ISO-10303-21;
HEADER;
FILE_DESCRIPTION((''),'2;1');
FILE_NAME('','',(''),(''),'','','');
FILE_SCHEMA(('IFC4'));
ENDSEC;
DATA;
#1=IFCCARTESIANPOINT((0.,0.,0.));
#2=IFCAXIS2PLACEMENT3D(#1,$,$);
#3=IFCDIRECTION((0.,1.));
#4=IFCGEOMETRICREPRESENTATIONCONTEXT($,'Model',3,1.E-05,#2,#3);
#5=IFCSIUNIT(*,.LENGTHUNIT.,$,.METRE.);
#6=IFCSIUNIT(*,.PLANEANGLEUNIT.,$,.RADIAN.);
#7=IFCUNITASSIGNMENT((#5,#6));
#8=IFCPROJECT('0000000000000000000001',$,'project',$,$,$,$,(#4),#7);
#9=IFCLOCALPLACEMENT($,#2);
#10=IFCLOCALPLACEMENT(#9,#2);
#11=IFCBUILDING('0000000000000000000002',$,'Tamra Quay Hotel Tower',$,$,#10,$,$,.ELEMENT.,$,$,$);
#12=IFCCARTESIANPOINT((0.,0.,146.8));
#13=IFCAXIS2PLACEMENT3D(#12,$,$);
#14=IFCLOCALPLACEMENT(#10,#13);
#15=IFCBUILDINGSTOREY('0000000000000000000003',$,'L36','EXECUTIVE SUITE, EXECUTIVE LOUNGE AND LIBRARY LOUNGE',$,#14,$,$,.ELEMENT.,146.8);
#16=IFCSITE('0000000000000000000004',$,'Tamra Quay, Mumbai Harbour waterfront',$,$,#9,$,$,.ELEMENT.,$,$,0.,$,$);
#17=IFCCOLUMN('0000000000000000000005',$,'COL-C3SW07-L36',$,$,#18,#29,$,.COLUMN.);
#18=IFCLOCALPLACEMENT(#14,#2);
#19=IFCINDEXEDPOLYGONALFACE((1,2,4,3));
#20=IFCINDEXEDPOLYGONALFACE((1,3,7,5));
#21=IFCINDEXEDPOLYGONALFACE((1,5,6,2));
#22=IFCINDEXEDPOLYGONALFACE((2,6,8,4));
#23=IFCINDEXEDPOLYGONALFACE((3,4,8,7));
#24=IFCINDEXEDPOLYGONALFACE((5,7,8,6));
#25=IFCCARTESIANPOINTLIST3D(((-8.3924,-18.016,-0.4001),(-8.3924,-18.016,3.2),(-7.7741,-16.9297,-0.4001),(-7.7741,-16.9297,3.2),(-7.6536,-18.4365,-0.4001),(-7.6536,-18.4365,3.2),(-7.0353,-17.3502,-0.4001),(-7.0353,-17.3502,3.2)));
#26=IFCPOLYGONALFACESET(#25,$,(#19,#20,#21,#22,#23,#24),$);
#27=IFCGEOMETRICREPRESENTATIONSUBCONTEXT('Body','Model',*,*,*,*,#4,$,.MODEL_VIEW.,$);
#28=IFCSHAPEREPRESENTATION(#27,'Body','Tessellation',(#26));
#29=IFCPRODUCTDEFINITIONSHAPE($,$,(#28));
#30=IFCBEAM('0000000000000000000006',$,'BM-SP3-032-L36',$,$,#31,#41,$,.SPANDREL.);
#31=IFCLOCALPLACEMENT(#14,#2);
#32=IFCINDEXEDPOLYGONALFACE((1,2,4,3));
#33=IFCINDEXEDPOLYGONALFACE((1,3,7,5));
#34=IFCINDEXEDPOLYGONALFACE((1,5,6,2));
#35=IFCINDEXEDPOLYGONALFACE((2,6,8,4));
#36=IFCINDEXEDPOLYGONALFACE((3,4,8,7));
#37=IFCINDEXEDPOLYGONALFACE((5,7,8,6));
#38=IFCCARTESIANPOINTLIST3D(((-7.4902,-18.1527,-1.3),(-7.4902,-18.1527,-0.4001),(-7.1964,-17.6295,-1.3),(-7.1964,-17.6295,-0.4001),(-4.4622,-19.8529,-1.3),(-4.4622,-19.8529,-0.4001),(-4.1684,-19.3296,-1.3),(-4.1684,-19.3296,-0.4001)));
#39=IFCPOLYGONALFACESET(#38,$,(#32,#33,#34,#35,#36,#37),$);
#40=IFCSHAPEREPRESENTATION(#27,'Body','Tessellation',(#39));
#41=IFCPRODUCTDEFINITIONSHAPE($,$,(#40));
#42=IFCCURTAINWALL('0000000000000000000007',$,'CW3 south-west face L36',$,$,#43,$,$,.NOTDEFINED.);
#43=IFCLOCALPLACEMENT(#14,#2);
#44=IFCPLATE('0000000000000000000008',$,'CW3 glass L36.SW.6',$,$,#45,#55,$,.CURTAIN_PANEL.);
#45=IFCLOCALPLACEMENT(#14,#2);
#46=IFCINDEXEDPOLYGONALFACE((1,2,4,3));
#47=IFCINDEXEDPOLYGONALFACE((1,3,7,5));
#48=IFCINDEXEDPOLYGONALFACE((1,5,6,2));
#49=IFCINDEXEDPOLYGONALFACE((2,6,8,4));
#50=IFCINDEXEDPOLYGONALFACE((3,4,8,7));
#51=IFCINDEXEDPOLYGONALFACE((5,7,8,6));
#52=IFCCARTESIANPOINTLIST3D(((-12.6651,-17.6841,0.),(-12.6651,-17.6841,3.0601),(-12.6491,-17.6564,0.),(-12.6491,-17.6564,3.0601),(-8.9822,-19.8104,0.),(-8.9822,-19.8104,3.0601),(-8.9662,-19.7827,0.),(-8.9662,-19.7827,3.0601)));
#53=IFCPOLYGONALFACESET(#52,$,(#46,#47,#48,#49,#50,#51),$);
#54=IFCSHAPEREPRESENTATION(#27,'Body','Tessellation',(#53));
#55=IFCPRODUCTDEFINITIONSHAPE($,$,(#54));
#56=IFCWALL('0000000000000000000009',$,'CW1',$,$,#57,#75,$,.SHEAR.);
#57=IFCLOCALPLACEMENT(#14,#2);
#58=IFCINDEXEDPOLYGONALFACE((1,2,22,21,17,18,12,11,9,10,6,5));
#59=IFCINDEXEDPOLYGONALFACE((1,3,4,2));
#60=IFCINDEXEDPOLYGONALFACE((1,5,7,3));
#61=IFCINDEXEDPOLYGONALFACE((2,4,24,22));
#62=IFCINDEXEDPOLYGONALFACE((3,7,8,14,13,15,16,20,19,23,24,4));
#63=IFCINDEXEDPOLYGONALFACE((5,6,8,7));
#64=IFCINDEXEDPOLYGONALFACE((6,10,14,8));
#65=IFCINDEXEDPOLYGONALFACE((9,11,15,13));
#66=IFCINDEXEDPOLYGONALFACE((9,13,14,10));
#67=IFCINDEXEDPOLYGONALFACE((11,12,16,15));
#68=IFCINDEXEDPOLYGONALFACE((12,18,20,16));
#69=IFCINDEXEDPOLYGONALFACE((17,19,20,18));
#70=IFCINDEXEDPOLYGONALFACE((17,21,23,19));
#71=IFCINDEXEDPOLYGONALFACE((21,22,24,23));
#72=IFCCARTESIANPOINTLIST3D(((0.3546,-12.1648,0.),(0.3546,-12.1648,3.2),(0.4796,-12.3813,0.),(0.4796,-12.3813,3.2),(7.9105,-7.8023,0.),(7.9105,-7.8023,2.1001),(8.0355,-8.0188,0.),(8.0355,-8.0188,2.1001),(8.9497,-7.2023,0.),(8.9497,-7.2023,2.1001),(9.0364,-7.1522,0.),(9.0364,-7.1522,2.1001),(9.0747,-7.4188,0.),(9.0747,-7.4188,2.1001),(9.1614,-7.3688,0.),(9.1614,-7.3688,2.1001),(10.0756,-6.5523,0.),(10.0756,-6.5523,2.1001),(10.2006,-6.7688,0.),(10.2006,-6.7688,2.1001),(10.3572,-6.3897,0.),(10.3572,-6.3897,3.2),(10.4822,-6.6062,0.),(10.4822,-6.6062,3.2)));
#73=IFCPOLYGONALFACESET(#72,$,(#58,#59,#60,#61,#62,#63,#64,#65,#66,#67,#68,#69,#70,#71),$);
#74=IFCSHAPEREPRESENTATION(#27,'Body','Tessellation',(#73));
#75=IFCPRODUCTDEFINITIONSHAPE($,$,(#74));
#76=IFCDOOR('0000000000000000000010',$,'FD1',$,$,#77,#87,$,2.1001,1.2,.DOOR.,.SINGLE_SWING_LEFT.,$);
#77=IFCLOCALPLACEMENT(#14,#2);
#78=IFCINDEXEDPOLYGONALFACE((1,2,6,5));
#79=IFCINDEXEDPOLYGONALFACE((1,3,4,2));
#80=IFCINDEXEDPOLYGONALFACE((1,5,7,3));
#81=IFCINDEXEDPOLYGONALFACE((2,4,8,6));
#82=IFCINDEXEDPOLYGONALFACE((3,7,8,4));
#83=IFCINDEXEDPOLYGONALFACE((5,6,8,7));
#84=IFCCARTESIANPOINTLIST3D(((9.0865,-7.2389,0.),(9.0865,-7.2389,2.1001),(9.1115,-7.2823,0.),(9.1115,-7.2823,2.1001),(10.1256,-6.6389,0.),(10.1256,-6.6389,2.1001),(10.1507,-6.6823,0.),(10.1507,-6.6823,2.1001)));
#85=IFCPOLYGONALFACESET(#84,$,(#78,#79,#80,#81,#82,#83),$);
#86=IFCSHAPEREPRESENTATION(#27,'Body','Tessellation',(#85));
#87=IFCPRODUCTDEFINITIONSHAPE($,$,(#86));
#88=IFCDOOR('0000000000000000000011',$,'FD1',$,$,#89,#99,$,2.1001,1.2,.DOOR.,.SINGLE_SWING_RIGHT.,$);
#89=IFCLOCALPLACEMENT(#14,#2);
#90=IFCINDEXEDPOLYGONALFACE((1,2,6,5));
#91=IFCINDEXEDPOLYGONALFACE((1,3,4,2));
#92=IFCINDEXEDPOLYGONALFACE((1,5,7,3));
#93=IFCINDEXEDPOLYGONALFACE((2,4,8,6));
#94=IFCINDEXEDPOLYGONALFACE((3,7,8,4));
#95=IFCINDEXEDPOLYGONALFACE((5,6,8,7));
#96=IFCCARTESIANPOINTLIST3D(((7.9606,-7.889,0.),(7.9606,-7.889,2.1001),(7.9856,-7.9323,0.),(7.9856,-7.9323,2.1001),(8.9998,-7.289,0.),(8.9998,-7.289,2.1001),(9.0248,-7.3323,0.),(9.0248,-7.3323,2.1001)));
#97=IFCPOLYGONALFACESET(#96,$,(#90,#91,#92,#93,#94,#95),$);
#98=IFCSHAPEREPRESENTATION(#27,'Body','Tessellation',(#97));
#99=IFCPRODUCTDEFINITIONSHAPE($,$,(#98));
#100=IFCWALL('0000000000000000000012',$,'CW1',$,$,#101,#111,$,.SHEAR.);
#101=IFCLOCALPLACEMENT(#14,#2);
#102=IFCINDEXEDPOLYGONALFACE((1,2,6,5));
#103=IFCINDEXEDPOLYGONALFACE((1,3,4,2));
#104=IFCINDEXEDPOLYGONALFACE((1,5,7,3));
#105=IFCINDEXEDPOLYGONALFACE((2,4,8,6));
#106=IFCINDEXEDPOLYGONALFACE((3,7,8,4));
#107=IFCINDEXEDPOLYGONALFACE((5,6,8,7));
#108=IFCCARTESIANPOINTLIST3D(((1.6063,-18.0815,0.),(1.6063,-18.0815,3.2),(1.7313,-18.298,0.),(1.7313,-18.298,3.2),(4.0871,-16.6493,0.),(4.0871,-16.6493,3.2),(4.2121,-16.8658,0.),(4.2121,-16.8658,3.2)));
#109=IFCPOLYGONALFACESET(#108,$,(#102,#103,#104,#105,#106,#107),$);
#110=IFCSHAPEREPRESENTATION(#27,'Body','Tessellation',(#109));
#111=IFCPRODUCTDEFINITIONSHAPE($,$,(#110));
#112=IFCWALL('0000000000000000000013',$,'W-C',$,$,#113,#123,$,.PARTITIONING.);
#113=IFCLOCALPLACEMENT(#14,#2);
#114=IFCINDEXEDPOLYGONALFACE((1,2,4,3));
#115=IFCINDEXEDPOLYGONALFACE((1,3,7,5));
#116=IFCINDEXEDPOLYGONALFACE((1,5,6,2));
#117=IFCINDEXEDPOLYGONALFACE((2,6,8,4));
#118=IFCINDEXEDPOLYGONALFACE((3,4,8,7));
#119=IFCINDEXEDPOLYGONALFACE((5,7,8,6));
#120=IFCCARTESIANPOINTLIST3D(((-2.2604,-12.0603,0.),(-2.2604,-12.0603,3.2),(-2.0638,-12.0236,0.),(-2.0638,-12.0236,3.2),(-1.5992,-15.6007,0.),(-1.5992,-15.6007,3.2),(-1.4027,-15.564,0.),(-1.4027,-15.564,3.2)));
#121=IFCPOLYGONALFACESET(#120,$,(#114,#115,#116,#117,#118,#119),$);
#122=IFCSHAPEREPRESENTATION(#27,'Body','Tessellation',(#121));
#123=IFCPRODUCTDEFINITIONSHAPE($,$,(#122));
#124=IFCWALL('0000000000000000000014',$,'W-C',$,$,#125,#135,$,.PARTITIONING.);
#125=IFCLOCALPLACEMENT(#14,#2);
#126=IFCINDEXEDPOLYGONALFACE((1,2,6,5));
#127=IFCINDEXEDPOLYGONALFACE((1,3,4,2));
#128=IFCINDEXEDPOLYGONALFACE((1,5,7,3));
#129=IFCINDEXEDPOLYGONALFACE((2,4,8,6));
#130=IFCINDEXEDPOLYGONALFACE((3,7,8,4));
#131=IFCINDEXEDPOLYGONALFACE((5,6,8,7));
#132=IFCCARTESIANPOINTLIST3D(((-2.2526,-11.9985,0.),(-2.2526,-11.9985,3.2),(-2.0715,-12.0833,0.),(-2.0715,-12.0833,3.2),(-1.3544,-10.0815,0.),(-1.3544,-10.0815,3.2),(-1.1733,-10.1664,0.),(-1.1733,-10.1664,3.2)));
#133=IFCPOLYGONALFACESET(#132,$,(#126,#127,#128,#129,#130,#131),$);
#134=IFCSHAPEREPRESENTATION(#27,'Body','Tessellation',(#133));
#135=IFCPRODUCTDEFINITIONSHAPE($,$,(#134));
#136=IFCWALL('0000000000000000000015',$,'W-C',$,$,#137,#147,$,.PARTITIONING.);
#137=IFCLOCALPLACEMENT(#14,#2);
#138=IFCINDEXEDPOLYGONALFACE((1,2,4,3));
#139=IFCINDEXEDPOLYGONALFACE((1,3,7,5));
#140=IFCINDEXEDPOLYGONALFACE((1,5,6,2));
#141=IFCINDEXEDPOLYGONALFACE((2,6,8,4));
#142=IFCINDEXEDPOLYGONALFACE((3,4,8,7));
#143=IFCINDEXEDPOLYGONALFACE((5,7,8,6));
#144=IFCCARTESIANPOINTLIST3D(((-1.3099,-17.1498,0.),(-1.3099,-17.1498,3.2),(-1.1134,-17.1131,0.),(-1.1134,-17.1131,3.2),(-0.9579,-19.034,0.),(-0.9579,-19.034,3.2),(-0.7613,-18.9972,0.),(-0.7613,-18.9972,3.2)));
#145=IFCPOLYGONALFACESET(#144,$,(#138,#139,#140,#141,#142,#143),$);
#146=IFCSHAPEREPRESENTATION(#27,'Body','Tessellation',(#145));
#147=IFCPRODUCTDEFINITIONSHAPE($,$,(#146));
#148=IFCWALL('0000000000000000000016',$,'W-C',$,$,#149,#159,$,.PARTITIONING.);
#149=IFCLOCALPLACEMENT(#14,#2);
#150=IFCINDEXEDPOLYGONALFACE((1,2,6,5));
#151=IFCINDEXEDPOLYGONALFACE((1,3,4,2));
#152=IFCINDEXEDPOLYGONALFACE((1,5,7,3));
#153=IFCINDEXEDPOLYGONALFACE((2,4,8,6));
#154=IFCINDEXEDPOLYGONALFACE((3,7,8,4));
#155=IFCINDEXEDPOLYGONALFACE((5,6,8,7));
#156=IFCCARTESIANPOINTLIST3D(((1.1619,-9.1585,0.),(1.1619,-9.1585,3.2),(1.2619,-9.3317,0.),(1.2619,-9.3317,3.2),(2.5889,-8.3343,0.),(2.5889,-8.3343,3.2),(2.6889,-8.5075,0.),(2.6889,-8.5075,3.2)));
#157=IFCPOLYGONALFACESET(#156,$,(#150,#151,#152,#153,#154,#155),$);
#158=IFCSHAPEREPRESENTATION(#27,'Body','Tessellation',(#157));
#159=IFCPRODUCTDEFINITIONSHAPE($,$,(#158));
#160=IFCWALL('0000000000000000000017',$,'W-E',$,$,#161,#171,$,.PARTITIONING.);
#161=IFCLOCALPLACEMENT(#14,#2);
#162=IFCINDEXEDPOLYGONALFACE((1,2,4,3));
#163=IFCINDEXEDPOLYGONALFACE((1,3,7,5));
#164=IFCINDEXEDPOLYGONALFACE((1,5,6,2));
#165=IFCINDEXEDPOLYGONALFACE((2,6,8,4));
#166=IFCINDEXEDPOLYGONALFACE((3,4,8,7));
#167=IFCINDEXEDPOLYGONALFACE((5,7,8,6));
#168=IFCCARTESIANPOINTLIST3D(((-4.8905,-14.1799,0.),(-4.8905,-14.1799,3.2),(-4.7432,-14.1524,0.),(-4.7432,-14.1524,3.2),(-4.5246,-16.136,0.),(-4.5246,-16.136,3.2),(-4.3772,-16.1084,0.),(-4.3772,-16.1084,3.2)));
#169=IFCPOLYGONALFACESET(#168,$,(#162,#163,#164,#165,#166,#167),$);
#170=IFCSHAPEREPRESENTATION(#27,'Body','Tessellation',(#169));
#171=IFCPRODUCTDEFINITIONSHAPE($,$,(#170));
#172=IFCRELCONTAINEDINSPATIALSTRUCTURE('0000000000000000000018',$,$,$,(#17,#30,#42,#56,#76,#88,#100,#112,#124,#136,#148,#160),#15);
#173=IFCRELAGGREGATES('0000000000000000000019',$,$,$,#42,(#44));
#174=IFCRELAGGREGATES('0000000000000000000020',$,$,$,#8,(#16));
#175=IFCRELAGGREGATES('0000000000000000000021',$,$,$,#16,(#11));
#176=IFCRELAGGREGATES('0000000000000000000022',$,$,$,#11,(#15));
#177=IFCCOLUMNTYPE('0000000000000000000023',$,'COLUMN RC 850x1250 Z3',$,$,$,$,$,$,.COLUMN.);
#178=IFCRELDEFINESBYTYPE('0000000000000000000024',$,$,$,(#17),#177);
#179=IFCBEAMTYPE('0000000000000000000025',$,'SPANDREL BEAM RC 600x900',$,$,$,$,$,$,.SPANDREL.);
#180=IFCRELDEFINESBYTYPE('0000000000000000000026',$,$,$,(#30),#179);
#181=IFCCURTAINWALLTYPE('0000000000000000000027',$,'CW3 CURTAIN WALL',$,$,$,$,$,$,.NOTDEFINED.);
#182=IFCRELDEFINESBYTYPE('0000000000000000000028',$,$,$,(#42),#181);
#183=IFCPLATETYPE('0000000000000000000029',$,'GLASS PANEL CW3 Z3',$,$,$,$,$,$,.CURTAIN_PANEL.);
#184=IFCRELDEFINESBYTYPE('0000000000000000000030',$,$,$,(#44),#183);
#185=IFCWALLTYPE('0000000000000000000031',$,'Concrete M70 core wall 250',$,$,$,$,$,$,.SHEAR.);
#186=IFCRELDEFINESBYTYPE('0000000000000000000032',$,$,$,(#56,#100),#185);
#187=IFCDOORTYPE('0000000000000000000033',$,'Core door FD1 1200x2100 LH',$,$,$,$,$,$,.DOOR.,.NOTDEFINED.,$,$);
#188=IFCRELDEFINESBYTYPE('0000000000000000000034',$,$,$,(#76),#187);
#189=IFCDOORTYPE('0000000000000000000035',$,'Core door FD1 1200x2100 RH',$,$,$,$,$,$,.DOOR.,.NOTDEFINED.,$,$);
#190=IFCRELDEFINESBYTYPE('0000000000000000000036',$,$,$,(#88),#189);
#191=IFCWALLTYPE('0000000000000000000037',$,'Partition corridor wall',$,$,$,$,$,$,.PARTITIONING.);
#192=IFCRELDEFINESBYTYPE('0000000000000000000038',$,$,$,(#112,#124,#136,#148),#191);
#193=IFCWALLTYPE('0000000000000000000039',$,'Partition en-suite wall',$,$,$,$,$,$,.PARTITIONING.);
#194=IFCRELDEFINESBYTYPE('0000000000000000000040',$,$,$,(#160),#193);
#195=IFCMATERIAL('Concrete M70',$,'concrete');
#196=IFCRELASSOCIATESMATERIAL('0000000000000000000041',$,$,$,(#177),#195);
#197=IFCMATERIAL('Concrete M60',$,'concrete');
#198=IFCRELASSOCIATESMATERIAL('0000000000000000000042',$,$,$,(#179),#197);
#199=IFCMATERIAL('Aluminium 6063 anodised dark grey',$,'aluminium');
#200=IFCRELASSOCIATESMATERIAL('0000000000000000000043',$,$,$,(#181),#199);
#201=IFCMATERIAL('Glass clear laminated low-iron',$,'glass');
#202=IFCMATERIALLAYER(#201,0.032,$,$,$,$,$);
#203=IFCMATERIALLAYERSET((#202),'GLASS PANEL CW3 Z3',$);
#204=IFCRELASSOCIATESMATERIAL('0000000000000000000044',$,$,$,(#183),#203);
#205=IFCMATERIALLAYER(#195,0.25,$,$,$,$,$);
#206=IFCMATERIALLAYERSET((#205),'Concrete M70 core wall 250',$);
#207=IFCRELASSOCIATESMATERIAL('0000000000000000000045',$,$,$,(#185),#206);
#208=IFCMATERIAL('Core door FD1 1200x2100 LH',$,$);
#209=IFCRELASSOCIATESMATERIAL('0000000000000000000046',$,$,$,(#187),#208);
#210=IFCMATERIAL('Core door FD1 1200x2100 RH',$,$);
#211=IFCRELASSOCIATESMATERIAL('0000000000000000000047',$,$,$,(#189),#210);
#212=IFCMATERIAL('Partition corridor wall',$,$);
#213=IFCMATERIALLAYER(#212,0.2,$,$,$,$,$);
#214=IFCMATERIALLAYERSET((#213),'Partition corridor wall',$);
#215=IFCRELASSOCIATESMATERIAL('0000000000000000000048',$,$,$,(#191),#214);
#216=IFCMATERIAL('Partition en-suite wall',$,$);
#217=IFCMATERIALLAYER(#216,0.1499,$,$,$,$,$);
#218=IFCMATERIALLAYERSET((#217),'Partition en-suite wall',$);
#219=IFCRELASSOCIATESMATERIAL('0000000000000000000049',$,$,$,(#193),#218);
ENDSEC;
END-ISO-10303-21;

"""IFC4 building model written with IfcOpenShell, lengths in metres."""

from ifc_helpers import new_model, si_unit, direction, frame, frame_2d, origin, origin_2d, place, context, subcontext, project, spatial, rectangle, extrude, material, layer, layer_set, material_profile, profile_set, type_object, element, fill, aggregate, save


model = new_model("IFC4")

# Units and contexts
model_context = context("Model", 3, precision=1e-05, world=origin(), true_north=direction((0.0, 1.0)))
body_context = subcontext(model_context, "Body", "Model", "MODEL_VIEW")
ifc_project = project(units=[si_unit("LENGTHUNIT", "METRE"), si_unit("PLANEANGLEUNIT", "RADIAN")], contexts=[model_context])

# Site, building, storey
site_placement = place(None, origin())
site = spatial("IfcSite", under=ifc_project, at=site_placement, Name="Tamra Quay, Mumbai Harbour waterfront", CompositionType="ELEMENT", RefElevation=0.0)
building_placement = place(site_placement, origin())
building = spatial("IfcBuilding", under=site, at=building_placement, Name="Tamra Quay Hotel Tower", CompositionType="ELEMENT")
storey_placement = place(building_placement, frame((0.0, 0.0, 146.8)))
storey = spatial("IfcBuildingStorey", under=building, at=storey_placement, Name="L36", Description="EXECUTIVE SUITE, EXECUTIVE LOUNGE AND LIBRARY LOUNGE", CompositionType="ELEMENT", Elevation=146.8)

# Column
ifc_material_1 = material(Name="Concrete M70", Category="concrete")
ifc_material_profile_1 = material_profile(ifc_material_1, rectangle(XDim=1.25, YDim=0.8501, at=origin_2d()), Name="COLUMN RC 850x1250 Z3")
ifc_profile_set_1 = profile_set([ifc_material_profile_1], Name="Concrete M70")
column_type = type_object("IfcColumnType", Name="COLUMN RC 850x1250 Z3", PredefinedType="COLUMN", material=ifc_profile_set_1)
column_placement = place(storey_placement, frame((-7.7139, -17.6831, -0.4001), z_axis=(0.0, 0.0, 1.0), x_axis=(0.494656, 0.869089, 0.0)))
element("IfcColumn", 1, at=column_placement, inside=storey, type_object=column_type, Name="COL-C3SW07-L36", PredefinedType="COLUMN", context=body_context, shape_type="SweptSolid", body=[
    extrude(rectangle(XDim=1.25, YDim=0.8501, at=origin_2d()), origin(), (0.0, 0.0, 1.0), 3.6001),
])

# Beam
ifc_material_2 = material(Name="Concrete M60", Category="concrete")
ifc_material_profile_2 = material_profile(ifc_material_2, rectangle(XDim=0.6001, YDim=0.8999, at=origin_2d()), Name="SPANDREL BEAM RC 600x900")
ifc_profile_set_2 = profile_set([ifc_material_profile_2], Name="Concrete M60")
beam_type = type_object("IfcBeamType", Name="SPANDREL BEAM RC 600x900", PredefinedType="SPANDREL", material=ifc_profile_set_2)
beam_placement = place(storey_placement, frame((-7.3433, -17.8911, -0.8501), z_axis=(0.871956, -0.489584, 0.0), x_axis=(0.489584, 0.871956, 0.0)))
element("IfcBeam", 2, at=beam_placement, inside=storey, type_object=beam_type, Name="BM-SP3-032-L36", PredefinedType="SPANDREL", context=body_context, shape_type="SweptSolid", body=[
    extrude(rectangle(XDim=0.6001, YDim=0.8999, at=origin_2d()), origin(), (0.0, 0.0, 1.0), 3.4727),
])

# Curtain wall, plate
ifc_material_3 = material(Name="Aluminium 6063 anodised dark grey", Category="aluminium")
curtain_wall_type = type_object("IfcCurtainWallType", Name="CW3 CURTAIN WALL", PredefinedType="NOTDEFINED", material=ifc_material_3)
curtain_wall_placement = place(storey_placement, origin())
curtain_wall = element("IfcCurtainWall", 3, at=curtain_wall_placement, inside=storey, type_object=curtain_wall_type, Name="CW3 south-west face L36", PredefinedType="NOTDEFINED")
ifc_material_4 = material(Name="Glass clear laminated low-iron", Category="glass")
ifc_layer_1 = layer(ifc_material_4, 0.032)
ifc_layer_set_1 = layer_set([ifc_layer_1], Name="GLASS PANEL CW3 Z3")
plate_type = type_object("IfcPlateType", Name="GLASS PANEL CW3 Z3", PredefinedType="CURTAIN_PANEL", material=ifc_layer_set_1)
plate_placement = place(storey_placement, frame((-10.8157, -18.7334, 0.0), z_axis=(0.0, 0.0, 1.0), x_axis=(0.866025, -0.5, 0.0)))
plate = element("IfcPlate", 4, at=plate_placement, type_object=plate_type, Name="CW3 glass L36.SW.6", PredefinedType="CURTAIN_PANEL", context=body_context, shape_type="SweptSolid", body=[
    extrude(rectangle(XDim=4.2527, YDim=0.032, at=origin_2d()), origin(), (0.0, 0.0, 1.0), 3.0601),
])
aggregate(curtain_wall, [plate])

# Wall, openings, doors
ifc_layer_2 = layer(ifc_material_1, 0.25)
ifc_layer_set_2 = layer_set([ifc_layer_2], Name="Concrete M70 core wall 250")
wall_type_1 = type_object("IfcWallType", Name="Concrete M70 core wall 250", PredefinedType="SHEAR", material=ifc_layer_set_2)
wall_1_placement = place(storey_placement, frame((0.4172, -12.2729, 0.0), z_axis=(0.0, 0.0, 1.0), x_axis=(0.866022, 0.500006, 0.0)))
wall_1 = element("IfcWall", 5, at=wall_1_placement, inside=storey, type_object=wall_type_1, Name="CW1", PredefinedType="SHEAR", context=body_context, shape_type="SweptSolid", body=[
    extrude(rectangle(XDim=11.55, YDim=0.25, at=frame_2d((5.7749, 0.0))), origin(), (0.0, 0.0, 1.0), 3.2),
])
opening_1_placement = place(wall_1_placement, frame((10.0247, 0.0, 0.0)))
opening_1 = element("IfcOpeningElement", 6, at=opening_1_placement, cuts=wall_1, PredefinedType="OPENING", context=body_context, shape_type="SweptSolid", body=[
    extrude(rectangle(XDim=1.2, YDim=2.1001, at=frame_2d((0.6001, 1.05))), frame((0.0, 0.135, 0.0), z_axis=(0.0, -1.0, 0.0), x_axis=(1.0, 0.0, 0.0)), (0.0, 0.0, 1.0), 0.27),
])
opening_2_placement = place(wall_1_placement, frame((8.7246, 0.0, 0.0)))
opening_2 = element("IfcOpeningElement", 7, at=opening_2_placement, cuts=wall_1, PredefinedType="OPENING", context=body_context, shape_type="SweptSolid", body=[
    extrude(rectangle(XDim=1.2, YDim=2.1001, at=frame_2d((0.6001, 1.05))), frame((0.0, 0.135, 0.0), z_axis=(0.0, -1.0, 0.0), x_axis=(1.0, 0.0, 0.0)), (0.0, 0.0, 1.0), 0.27),
])
ifc_material_5 = material(Name="Core door FD1 1200x2100 LH")
door_type_1 = type_object("IfcDoorType", Name="Core door FD1 1200x2100 LH", OperationType="NOTDEFINED", PredefinedType="DOOR", material=ifc_material_5)
door_1_placement = place(opening_1_placement, origin())
door_1 = element("IfcDoor", 8, at=door_1_placement, inside=storey, type_object=door_type_1, Name="FD1", OperationType="SINGLE_SWING_LEFT", OverallHeight=2.1001, OverallWidth=1.2, PredefinedType="DOOR", context=body_context, shape_type="SweptSolid", body=[
    extrude(rectangle(XDim=1.2, YDim=2.1001, at=frame_2d((0.6001, 1.05))), frame((0.0, 0.0249, 0.0), z_axis=(0.0, -1.0, 0.0), x_axis=(1.0, 0.0, 0.0)), (0.0, 0.0, 1.0), 0.05),
])
fill(opening_1, door_1)
ifc_material_6 = material(Name="Core door FD1 1200x2100 RH")
door_type_2 = type_object("IfcDoorType", Name="Core door FD1 1200x2100 RH", OperationType="NOTDEFINED", PredefinedType="DOOR", material=ifc_material_6)
door_2_placement = place(opening_2_placement, origin())
door_2 = element("IfcDoor", 9, at=door_2_placement, inside=storey, type_object=door_type_2, Name="FD1", OperationType="SINGLE_SWING_RIGHT", OverallHeight=2.1001, OverallWidth=1.2, PredefinedType="DOOR", context=body_context, shape_type="SweptSolid", body=[
    extrude(rectangle(XDim=1.2, YDim=2.1001, at=frame_2d((0.6001, 1.05))), frame((0.0, 0.0249, 0.0), z_axis=(0.0, -1.0, 0.0), x_axis=(1.0, 0.0, 0.0)), (0.0, 0.0, 1.0), 0.05),
])
fill(opening_2, door_2)

# Walls
wall_2_placement = place(storey_placement, frame((1.6689, -18.1897, 0.0), z_axis=(0.0, 0.0, 1.0), x_axis=(0.866042, 0.499971, 0.0)))
element("IfcWall", 10, at=wall_2_placement, inside=storey, type_object=wall_type_1, Name="CW1", PredefinedType="SHEAR", context=body_context, shape_type="SweptSolid", body=[
    extrude(rectangle(XDim=2.8645, YDim=0.25, at=frame_2d((1.4321, 0.0))), origin(), (0.0, 0.0, 1.0), 3.2),
])
ifc_material_7 = material(Name="Partition corridor wall")
ifc_layer_3 = layer(ifc_material_7, 0.2)
ifc_layer_set_3 = layer_set([ifc_layer_3], Name="Partition corridor wall")
wall_type_2 = type_object("IfcWallType", Name="Partition corridor wall", PredefinedType="PARTITIONING", material=ifc_layer_set_3)
wall_3_placement = place(storey_placement, frame((-2.1621, -12.042, 0.0), z_axis=(0.0, 0.0, 1.0), x_axis=(0.183572, -0.983006, 0.0)))
element("IfcWall", 11, at=wall_3_placement, inside=storey, type_object=wall_type_2, Name="W-C", PredefinedType="PARTITIONING", context=body_context, shape_type="SweptSolid", body=[
    extrude(rectangle(XDim=3.6016, YDim=0.2, at=frame_2d((1.8008, 0.0))), origin(), (0.0, 0.0, 1.0), 3.2),
])
wall_4_placement = place(storey_placement, frame((-2.1621, -12.041, 0.0), z_axis=(0.0, 0.0, 1.0), x_axis=(0.42428, 0.905531, 0.0)))
element("IfcWall", 12, at=wall_4_placement, inside=storey, type_object=wall_type_2, Name="W-C", PredefinedType="PARTITIONING", context=body_context, shape_type="SweptSolid", body=[
    extrude(rectangle(XDim=2.1169, YDim=0.2, at=frame_2d((1.0586, 0.0))), origin(), (0.0, 0.0, 1.0), 3.2),
])
wall_5_placement = place(storey_placement, frame((-1.2117, -17.1313, 0.0), z_axis=(0.0, 0.0, 1.0), x_axis=(0.183681, -0.982986, 0.0)))
element("IfcWall", 13, at=wall_5_placement, inside=storey, type_object=wall_type_2, Name="W-C", PredefinedType="PARTITIONING", context=body_context, shape_type="SweptSolid", body=[
    extrude(rectangle(XDim=1.9167, YDim=0.2, at=frame_2d((0.9585, 0.0))), origin(), (0.0, 0.0, 1.0), 3.2),
])
wall_6_placement = place(storey_placement, frame((1.2119, -9.2451, 0.0), z_axis=(0.0, 0.0, 1.0), x_axis=(0.865936, 0.500154, 0.0)))
element("IfcWall", 14, at=wall_6_placement, inside=storey, type_object=wall_type_2, Name="W-C", PredefinedType="PARTITIONING", context=body_context, shape_type="SweptSolid", body=[
    extrude(rectangle(XDim=1.6479, YDim=0.2, at=frame_2d((0.824, 0.0))), origin(), (0.0, 0.0, 1.0), 3.2),
])
ifc_material_8 = material(Name="Partition en-suite wall")
ifc_layer_4 = layer(ifc_material_8, 0.1499)
ifc_layer_set_4 = layer_set([ifc_layer_4], Name="Partition en-suite wall")
wall_type_3 = type_object("IfcWallType", Name="Partition en-suite wall", PredefinedType="PARTITIONING", material=ifc_layer_set_4)
wall_7_placement = place(storey_placement, frame((-4.8169, -14.166, 0.0), z_axis=(0.0, 0.0, 1.0), x_axis=(0.183903, -0.982944, 0.0)))
element("IfcWall", 15, at=wall_7_placement, inside=storey, type_object=wall_type_3, Name="W-E", PredefinedType="PARTITIONING", context=body_context, shape_type="SweptSolid", body=[
    extrude(rectangle(XDim=1.99, YDim=0.1499, at=frame_2d((0.9951, 0.0))), origin(), (0.0, 0.0, 1.0), 3.2),
])

save(model, "model.ifc")
